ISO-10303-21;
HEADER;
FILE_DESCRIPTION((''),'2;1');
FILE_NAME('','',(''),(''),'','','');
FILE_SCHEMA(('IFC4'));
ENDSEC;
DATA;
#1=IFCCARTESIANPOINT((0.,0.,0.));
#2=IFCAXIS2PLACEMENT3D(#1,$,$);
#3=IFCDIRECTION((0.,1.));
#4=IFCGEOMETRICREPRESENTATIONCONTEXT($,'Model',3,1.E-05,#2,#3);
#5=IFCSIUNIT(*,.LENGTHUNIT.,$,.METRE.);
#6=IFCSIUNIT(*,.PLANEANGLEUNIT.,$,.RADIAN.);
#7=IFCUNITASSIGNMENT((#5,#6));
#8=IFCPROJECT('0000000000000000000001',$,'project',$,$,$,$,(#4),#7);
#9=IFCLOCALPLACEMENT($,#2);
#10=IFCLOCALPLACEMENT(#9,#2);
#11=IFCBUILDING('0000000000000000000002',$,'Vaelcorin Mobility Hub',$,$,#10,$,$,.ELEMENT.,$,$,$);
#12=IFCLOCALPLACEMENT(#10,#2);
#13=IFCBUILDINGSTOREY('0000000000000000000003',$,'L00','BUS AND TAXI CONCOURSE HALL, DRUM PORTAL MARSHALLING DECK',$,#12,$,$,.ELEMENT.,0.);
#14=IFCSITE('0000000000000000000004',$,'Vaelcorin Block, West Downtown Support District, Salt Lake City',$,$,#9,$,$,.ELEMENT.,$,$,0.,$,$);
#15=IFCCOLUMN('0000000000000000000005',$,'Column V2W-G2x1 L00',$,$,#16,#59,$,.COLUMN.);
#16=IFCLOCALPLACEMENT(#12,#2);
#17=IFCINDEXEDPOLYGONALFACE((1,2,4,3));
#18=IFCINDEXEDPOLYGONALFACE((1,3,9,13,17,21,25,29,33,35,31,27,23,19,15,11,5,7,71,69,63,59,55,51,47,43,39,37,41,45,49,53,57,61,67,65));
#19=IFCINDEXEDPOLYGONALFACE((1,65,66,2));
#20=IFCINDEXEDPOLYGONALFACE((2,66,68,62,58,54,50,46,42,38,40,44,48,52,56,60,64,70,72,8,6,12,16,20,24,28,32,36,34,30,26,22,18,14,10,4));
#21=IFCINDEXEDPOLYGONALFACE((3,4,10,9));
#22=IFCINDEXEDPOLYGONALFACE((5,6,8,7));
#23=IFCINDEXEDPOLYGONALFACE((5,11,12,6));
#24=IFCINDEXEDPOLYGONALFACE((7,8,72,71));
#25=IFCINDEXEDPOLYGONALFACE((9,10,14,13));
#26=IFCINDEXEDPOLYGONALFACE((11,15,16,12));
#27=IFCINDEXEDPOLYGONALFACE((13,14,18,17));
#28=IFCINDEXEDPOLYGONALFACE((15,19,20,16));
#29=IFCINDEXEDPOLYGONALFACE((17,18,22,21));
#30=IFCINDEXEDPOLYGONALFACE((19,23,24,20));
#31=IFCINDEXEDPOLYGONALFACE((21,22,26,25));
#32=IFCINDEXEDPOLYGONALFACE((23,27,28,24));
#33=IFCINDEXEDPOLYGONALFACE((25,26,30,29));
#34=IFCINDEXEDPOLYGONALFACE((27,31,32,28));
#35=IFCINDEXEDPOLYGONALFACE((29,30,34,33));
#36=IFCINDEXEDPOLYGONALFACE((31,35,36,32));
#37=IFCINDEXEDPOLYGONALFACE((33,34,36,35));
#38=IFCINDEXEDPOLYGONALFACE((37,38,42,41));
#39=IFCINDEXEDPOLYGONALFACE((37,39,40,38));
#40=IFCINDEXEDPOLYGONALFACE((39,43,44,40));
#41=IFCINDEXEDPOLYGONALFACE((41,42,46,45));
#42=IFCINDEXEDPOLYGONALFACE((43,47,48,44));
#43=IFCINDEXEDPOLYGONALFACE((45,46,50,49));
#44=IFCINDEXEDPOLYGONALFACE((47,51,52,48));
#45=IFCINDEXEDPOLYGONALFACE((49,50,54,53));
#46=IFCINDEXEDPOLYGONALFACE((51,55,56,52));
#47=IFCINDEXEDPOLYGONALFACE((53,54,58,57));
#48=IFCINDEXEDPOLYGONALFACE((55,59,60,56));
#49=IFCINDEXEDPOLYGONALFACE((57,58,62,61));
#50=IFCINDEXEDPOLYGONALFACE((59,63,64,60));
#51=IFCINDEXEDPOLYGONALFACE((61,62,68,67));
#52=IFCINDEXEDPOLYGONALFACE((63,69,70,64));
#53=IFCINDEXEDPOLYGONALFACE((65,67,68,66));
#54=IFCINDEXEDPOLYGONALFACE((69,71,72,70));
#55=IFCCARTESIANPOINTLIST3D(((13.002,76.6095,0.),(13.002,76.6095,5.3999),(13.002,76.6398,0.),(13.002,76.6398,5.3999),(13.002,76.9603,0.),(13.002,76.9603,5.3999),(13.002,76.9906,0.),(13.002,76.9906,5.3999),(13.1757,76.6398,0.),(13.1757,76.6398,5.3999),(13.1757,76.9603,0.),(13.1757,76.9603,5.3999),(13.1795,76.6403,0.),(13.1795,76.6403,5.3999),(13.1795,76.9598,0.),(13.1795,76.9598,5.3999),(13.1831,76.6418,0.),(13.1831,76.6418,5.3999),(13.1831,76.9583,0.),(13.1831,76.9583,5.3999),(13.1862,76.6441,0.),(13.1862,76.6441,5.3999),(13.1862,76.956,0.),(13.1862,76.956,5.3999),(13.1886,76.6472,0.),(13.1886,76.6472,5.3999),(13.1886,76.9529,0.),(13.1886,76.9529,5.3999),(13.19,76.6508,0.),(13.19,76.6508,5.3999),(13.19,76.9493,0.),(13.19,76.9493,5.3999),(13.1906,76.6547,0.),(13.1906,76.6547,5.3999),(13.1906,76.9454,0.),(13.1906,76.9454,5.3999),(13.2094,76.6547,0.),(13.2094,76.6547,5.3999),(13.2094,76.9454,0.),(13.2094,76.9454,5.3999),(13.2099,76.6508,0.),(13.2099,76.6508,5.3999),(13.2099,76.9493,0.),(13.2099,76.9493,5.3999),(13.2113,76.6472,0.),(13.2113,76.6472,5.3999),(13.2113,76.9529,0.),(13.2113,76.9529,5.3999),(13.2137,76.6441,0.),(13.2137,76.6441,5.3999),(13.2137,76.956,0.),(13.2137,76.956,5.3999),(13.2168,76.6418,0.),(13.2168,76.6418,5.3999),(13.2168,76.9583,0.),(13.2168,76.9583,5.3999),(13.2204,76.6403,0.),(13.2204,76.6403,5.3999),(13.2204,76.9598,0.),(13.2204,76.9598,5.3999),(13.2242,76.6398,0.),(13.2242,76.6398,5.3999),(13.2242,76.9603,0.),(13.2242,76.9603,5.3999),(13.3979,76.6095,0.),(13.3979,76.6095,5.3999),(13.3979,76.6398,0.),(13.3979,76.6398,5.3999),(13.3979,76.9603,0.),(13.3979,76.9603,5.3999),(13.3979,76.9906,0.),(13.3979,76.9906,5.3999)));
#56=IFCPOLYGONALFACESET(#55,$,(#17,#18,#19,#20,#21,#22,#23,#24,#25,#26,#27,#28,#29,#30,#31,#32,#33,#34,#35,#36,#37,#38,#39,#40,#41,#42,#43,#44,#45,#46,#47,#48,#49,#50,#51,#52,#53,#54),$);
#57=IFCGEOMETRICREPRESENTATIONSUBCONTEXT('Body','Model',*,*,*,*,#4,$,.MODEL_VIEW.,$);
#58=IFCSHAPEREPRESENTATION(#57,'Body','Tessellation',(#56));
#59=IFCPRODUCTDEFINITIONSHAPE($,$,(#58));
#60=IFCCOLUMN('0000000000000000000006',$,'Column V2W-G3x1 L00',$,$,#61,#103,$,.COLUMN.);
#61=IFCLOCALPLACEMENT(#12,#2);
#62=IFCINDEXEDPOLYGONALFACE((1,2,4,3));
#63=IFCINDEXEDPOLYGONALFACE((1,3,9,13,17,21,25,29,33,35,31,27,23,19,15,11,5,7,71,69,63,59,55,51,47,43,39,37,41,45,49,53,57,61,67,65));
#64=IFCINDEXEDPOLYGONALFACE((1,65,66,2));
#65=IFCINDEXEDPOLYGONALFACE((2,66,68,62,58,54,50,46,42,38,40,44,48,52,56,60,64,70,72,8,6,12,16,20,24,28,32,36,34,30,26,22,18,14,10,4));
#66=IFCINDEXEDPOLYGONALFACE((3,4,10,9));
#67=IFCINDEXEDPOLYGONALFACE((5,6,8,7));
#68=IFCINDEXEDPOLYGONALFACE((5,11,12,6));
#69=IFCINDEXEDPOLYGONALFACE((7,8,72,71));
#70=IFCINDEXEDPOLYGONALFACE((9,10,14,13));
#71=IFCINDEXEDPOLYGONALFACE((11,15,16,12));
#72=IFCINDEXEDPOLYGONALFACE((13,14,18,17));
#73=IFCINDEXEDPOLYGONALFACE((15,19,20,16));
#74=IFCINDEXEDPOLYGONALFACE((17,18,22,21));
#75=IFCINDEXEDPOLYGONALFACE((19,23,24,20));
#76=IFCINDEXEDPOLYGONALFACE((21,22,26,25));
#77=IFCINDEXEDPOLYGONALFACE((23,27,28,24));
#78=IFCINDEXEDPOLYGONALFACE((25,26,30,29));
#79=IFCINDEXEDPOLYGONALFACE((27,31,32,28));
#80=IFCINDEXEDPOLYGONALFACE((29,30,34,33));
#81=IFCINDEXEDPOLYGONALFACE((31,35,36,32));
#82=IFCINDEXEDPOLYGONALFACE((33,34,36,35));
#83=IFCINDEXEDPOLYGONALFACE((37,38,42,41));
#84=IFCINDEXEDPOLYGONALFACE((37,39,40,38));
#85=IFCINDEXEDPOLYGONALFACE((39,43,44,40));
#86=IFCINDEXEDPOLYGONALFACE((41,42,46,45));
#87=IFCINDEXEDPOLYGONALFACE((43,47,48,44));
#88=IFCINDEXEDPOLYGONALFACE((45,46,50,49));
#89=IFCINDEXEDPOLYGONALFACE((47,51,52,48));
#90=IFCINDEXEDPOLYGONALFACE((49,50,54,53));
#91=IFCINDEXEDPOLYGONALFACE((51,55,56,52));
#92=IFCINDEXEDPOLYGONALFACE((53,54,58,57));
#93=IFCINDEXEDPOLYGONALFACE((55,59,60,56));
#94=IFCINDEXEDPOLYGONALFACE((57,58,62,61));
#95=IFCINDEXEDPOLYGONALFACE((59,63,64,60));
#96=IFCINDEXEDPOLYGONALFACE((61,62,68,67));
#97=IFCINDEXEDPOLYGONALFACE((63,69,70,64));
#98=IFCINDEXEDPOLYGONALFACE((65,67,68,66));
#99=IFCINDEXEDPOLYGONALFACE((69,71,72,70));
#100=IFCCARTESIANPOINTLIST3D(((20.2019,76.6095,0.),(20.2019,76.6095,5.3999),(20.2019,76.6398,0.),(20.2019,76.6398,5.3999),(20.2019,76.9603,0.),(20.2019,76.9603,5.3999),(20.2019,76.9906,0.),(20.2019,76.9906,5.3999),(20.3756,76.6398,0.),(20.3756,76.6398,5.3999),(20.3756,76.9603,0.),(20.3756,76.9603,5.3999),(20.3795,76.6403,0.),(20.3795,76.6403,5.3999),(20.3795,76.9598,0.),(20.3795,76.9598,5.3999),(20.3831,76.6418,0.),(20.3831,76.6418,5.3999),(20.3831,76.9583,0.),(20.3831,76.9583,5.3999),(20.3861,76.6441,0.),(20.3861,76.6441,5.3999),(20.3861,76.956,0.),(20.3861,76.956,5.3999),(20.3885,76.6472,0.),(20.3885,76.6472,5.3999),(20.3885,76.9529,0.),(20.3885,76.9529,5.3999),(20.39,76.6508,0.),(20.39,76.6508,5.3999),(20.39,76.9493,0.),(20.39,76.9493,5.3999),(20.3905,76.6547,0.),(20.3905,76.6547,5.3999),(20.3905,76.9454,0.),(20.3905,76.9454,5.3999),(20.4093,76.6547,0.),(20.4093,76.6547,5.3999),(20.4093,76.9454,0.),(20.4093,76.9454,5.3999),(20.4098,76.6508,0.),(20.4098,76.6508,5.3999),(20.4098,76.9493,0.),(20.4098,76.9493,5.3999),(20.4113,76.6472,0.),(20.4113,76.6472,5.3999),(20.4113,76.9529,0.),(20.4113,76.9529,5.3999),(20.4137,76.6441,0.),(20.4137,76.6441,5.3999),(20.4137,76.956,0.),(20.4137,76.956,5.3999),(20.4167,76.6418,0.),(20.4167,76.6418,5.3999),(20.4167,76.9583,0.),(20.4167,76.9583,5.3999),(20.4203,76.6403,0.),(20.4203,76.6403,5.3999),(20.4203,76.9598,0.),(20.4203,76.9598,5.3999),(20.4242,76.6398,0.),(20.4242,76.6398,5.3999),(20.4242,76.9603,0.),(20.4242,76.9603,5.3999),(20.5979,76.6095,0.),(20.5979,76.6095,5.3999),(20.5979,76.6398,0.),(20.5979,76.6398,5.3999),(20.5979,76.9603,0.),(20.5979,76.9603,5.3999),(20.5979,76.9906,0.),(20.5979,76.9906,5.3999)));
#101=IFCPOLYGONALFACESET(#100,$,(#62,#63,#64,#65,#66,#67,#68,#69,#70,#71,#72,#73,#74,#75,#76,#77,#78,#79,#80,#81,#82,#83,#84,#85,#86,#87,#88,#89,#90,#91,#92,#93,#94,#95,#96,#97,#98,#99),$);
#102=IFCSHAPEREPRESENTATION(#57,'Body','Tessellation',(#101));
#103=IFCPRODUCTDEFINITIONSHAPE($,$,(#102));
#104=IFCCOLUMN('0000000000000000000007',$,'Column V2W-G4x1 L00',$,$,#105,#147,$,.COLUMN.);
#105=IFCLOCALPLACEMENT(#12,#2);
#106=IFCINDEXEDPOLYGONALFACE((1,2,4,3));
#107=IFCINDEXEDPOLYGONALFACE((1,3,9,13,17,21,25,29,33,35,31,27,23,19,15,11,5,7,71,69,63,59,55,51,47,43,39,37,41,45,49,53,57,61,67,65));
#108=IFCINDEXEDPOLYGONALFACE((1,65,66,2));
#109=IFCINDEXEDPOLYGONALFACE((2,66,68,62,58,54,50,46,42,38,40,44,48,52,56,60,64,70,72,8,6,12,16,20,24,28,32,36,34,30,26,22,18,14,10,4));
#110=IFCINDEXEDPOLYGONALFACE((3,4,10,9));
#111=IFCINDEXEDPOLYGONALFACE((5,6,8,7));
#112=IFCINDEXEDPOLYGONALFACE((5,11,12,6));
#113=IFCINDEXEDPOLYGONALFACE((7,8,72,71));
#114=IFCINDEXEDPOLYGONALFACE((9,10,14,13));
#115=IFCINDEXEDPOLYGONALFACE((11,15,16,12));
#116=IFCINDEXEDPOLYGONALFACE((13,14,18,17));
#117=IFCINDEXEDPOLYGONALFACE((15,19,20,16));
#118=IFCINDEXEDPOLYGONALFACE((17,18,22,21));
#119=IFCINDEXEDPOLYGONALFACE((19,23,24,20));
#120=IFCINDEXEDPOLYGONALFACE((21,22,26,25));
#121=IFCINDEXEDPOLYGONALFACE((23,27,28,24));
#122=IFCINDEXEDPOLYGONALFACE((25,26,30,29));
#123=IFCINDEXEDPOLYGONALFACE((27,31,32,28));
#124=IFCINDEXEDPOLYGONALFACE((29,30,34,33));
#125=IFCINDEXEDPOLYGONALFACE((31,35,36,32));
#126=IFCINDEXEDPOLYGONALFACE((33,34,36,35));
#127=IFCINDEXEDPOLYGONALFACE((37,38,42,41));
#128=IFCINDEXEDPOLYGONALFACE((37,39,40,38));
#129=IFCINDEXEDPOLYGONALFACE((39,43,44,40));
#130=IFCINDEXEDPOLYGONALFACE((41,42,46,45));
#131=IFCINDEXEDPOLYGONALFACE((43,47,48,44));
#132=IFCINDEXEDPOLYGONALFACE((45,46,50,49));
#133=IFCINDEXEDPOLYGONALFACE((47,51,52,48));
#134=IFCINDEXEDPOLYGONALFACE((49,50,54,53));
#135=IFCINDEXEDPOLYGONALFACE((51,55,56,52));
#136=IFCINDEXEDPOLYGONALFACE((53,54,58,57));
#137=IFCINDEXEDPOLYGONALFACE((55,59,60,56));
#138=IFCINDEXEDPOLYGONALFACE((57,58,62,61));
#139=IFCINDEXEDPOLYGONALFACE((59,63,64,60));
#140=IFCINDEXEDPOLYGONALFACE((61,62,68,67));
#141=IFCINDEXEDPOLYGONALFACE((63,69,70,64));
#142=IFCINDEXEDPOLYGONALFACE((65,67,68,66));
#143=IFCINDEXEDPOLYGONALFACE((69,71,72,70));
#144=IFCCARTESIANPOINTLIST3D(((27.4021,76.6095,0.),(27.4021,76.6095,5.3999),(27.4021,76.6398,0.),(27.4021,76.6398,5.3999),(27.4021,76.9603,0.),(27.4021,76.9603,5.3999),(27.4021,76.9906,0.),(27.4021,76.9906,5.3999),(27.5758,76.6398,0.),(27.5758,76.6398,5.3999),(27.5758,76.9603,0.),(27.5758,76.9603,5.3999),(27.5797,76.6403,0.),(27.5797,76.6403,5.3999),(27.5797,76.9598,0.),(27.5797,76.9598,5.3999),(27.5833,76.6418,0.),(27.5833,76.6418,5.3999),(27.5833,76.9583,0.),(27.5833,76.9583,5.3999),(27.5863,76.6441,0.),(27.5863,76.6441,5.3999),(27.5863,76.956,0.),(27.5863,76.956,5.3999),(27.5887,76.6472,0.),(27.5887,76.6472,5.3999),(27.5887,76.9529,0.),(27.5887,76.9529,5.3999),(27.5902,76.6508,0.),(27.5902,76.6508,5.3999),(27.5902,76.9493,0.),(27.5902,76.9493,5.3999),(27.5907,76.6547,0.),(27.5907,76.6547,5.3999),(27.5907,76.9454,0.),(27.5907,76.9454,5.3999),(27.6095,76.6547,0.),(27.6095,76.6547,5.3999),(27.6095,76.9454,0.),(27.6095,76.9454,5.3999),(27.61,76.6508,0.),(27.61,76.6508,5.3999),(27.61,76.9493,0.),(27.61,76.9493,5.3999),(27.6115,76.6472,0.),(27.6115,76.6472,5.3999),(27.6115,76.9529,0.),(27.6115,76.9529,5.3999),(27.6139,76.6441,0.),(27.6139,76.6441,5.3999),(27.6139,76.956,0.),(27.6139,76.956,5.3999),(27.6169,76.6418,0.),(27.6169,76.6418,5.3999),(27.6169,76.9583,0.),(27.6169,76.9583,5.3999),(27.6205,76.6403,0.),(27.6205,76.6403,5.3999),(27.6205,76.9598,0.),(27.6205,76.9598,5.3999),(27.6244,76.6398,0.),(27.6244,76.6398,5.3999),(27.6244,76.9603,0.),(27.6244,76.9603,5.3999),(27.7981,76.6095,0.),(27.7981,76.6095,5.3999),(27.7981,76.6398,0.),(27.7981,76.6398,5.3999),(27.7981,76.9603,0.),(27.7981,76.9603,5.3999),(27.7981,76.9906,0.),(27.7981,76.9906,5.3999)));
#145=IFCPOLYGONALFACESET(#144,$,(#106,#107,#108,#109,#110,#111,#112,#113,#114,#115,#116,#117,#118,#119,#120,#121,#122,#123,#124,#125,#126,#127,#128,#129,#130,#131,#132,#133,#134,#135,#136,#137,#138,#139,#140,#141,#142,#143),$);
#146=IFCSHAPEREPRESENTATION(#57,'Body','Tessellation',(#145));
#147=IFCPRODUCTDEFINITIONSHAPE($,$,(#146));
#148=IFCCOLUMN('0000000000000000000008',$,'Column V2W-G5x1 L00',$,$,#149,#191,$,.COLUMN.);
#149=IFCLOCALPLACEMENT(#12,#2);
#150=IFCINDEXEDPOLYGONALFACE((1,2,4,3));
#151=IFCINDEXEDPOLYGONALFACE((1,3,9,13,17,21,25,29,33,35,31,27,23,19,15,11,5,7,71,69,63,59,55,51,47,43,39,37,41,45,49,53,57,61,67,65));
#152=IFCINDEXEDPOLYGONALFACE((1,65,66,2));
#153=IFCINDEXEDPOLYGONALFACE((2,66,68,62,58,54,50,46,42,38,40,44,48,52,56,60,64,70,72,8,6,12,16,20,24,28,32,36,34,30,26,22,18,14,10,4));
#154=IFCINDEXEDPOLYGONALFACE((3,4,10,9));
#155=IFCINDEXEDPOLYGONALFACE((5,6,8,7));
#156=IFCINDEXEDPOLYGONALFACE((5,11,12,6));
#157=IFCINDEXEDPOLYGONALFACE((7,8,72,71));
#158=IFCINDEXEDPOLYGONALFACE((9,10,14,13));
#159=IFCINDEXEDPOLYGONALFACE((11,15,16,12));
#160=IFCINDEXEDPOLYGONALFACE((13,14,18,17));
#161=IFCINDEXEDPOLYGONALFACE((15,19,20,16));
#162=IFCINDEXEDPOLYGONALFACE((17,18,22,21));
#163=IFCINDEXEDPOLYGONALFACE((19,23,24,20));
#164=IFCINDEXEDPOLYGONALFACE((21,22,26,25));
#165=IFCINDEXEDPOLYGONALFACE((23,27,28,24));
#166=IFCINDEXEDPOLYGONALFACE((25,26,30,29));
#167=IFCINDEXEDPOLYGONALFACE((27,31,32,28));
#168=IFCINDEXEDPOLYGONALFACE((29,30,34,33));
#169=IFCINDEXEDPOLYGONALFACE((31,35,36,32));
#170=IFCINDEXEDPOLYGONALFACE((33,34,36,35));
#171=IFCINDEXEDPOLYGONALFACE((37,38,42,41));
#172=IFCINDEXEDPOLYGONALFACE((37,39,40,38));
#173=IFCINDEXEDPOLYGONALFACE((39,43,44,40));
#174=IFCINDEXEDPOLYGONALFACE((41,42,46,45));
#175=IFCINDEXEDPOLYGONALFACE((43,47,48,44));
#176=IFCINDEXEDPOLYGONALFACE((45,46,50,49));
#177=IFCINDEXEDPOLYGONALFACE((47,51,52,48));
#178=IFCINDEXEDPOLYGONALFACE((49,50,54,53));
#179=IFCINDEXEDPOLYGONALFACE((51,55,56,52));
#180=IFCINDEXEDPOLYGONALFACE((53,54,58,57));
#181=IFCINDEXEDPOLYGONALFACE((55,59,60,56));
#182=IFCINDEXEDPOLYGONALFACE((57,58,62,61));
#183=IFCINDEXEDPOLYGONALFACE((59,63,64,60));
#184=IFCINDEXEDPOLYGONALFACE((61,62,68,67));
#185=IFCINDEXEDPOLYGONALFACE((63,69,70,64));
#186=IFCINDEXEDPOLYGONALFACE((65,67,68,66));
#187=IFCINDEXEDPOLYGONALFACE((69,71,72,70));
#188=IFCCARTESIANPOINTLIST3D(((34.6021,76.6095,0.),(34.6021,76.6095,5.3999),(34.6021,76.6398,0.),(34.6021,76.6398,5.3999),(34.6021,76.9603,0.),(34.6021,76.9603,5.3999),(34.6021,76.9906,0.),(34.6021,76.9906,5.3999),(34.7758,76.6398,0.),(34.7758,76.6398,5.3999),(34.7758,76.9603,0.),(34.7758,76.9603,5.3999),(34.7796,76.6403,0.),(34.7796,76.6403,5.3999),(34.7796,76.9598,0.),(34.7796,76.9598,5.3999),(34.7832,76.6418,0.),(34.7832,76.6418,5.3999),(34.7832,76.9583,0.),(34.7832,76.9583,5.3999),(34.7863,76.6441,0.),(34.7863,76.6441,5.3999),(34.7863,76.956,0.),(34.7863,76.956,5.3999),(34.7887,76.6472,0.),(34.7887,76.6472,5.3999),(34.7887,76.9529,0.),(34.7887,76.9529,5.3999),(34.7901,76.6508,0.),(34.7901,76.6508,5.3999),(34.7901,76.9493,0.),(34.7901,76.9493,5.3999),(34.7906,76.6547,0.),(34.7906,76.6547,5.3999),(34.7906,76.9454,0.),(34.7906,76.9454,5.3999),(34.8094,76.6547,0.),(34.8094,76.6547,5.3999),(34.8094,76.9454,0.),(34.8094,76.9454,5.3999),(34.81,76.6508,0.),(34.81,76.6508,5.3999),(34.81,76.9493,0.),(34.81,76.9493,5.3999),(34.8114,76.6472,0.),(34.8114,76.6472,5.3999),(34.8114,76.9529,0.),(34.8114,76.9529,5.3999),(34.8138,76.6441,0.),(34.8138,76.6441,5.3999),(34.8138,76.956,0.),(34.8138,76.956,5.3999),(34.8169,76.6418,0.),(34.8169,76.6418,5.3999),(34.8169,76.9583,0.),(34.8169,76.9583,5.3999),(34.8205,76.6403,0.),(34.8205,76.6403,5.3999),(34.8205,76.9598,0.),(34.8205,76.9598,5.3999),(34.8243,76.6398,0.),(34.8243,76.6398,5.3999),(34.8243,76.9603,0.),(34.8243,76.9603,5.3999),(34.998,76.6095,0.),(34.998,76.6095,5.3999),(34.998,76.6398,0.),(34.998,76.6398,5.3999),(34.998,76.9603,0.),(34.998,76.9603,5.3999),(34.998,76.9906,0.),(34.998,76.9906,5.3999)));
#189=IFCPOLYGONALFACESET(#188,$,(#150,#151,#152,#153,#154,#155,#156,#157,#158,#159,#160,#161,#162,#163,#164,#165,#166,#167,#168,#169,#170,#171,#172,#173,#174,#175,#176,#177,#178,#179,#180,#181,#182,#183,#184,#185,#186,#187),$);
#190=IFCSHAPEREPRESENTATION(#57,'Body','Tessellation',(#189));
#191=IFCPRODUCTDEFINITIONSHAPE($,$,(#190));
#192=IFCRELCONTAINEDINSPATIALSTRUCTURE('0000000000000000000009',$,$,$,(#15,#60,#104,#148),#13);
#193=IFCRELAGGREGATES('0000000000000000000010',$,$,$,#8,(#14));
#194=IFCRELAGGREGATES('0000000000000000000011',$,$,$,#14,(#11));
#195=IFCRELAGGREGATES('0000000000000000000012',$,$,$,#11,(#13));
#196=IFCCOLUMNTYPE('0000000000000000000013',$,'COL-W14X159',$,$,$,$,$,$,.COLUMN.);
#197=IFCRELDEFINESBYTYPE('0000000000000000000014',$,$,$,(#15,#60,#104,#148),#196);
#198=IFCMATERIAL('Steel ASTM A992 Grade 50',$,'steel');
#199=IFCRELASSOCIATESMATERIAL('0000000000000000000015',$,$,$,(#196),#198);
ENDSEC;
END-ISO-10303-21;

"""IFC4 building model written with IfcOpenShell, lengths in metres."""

from ifc_helpers import new_model, si_unit, direction, frame, origin, origin_2d, place, context, subcontext, project, spatial, i_section, extrude, material, material_profile, profile_set, type_object, element, save


model = new_model("IFC4")

# Units and contexts
model_context = context("Model", 3, precision=1e-05, world=origin(), true_north=direction((0.0, 1.0)))
body_context = subcontext(model_context, "Body", "Model", "MODEL_VIEW")
ifc_project = project(units=[si_unit("LENGTHUNIT", "METRE"), si_unit("PLANEANGLEUNIT", "RADIAN")], contexts=[model_context])

# Site, building, storey
site_placement = place(None, origin())
site = spatial("IfcSite", under=ifc_project, at=site_placement, Name="Vaelcorin Block, West Downtown Support District, Salt Lake City", CompositionType="ELEMENT", RefElevation=0.0)
building_placement = place(site_placement, origin())
building = spatial("IfcBuilding", under=site, at=building_placement, Name="Vaelcorin Mobility Hub", CompositionType="ELEMENT")
storey_placement = place(building_placement, origin())
storey = spatial("IfcBuildingStorey", under=building, at=storey_placement, Name="L00", Description="BUS AND TAXI CONCOURSE HALL, DRUM PORTAL MARSHALLING DECK", CompositionType="ELEMENT", Elevation=0.0)

# Columns
ifc_material_1 = material(Name="Steel ASTM A992 Grade 50", Category="steel")
ifc_material_profile_1 = material_profile(ifc_material_1, i_section(OverallWidth=0.396, OverallDepth=0.3811, WebThickness=0.0188, FlangeThickness=0.0303, FilletRadius=0.0149, at=origin_2d()), Name="W14X159")
ifc_profile_set_1 = profile_set([ifc_material_profile_1], Name="Steel ASTM A992 Grade 50")
column_type = type_object("IfcColumnType", Name="COL-W14X159", PredefinedType="COLUMN", material=ifc_profile_set_1)
for number, where, z_axis, x_axis, name in (
    (1, (13.2, 76.8, 0.0), (0.0, 0.0, 1.0), (1.0, 0.0, 0.0), "Column V2W-G2x1 L00"),
    (2, (20.3999, 76.8, 0.0), (0.0, 0.0, 1.0), (1.0, 0.0, 0.0), "Column V2W-G3x1 L00"),
    (3, (27.6001, 76.8, 0.0), (0.0, 0.0, 1.0), (1.0, 0.0, 0.0), "Column V2W-G4x1 L00"),
    (4, (34.8, 76.8, 0.0), (0.0, 0.0, 1.0), (1.0, 0.0, 0.0), "Column V2W-G5x1 L00"),
):
    element("IfcColumn", number, at=place(storey_placement, frame(where, z_axis=z_axis, x_axis=x_axis)), inside=storey, type_object=column_type, Name=name, PredefinedType="COLUMN", context=body_context, shape_type="SweptSolid", body=[
        extrude(i_section(OverallWidth=0.396, OverallDepth=0.3811, WebThickness=0.0188, FlangeThickness=0.0303, FilletRadius=0.0149, at=origin_2d()), origin(), (0.0, 0.0, 1.0), 5.3999),
    ])

save(model, "model.ifc")
